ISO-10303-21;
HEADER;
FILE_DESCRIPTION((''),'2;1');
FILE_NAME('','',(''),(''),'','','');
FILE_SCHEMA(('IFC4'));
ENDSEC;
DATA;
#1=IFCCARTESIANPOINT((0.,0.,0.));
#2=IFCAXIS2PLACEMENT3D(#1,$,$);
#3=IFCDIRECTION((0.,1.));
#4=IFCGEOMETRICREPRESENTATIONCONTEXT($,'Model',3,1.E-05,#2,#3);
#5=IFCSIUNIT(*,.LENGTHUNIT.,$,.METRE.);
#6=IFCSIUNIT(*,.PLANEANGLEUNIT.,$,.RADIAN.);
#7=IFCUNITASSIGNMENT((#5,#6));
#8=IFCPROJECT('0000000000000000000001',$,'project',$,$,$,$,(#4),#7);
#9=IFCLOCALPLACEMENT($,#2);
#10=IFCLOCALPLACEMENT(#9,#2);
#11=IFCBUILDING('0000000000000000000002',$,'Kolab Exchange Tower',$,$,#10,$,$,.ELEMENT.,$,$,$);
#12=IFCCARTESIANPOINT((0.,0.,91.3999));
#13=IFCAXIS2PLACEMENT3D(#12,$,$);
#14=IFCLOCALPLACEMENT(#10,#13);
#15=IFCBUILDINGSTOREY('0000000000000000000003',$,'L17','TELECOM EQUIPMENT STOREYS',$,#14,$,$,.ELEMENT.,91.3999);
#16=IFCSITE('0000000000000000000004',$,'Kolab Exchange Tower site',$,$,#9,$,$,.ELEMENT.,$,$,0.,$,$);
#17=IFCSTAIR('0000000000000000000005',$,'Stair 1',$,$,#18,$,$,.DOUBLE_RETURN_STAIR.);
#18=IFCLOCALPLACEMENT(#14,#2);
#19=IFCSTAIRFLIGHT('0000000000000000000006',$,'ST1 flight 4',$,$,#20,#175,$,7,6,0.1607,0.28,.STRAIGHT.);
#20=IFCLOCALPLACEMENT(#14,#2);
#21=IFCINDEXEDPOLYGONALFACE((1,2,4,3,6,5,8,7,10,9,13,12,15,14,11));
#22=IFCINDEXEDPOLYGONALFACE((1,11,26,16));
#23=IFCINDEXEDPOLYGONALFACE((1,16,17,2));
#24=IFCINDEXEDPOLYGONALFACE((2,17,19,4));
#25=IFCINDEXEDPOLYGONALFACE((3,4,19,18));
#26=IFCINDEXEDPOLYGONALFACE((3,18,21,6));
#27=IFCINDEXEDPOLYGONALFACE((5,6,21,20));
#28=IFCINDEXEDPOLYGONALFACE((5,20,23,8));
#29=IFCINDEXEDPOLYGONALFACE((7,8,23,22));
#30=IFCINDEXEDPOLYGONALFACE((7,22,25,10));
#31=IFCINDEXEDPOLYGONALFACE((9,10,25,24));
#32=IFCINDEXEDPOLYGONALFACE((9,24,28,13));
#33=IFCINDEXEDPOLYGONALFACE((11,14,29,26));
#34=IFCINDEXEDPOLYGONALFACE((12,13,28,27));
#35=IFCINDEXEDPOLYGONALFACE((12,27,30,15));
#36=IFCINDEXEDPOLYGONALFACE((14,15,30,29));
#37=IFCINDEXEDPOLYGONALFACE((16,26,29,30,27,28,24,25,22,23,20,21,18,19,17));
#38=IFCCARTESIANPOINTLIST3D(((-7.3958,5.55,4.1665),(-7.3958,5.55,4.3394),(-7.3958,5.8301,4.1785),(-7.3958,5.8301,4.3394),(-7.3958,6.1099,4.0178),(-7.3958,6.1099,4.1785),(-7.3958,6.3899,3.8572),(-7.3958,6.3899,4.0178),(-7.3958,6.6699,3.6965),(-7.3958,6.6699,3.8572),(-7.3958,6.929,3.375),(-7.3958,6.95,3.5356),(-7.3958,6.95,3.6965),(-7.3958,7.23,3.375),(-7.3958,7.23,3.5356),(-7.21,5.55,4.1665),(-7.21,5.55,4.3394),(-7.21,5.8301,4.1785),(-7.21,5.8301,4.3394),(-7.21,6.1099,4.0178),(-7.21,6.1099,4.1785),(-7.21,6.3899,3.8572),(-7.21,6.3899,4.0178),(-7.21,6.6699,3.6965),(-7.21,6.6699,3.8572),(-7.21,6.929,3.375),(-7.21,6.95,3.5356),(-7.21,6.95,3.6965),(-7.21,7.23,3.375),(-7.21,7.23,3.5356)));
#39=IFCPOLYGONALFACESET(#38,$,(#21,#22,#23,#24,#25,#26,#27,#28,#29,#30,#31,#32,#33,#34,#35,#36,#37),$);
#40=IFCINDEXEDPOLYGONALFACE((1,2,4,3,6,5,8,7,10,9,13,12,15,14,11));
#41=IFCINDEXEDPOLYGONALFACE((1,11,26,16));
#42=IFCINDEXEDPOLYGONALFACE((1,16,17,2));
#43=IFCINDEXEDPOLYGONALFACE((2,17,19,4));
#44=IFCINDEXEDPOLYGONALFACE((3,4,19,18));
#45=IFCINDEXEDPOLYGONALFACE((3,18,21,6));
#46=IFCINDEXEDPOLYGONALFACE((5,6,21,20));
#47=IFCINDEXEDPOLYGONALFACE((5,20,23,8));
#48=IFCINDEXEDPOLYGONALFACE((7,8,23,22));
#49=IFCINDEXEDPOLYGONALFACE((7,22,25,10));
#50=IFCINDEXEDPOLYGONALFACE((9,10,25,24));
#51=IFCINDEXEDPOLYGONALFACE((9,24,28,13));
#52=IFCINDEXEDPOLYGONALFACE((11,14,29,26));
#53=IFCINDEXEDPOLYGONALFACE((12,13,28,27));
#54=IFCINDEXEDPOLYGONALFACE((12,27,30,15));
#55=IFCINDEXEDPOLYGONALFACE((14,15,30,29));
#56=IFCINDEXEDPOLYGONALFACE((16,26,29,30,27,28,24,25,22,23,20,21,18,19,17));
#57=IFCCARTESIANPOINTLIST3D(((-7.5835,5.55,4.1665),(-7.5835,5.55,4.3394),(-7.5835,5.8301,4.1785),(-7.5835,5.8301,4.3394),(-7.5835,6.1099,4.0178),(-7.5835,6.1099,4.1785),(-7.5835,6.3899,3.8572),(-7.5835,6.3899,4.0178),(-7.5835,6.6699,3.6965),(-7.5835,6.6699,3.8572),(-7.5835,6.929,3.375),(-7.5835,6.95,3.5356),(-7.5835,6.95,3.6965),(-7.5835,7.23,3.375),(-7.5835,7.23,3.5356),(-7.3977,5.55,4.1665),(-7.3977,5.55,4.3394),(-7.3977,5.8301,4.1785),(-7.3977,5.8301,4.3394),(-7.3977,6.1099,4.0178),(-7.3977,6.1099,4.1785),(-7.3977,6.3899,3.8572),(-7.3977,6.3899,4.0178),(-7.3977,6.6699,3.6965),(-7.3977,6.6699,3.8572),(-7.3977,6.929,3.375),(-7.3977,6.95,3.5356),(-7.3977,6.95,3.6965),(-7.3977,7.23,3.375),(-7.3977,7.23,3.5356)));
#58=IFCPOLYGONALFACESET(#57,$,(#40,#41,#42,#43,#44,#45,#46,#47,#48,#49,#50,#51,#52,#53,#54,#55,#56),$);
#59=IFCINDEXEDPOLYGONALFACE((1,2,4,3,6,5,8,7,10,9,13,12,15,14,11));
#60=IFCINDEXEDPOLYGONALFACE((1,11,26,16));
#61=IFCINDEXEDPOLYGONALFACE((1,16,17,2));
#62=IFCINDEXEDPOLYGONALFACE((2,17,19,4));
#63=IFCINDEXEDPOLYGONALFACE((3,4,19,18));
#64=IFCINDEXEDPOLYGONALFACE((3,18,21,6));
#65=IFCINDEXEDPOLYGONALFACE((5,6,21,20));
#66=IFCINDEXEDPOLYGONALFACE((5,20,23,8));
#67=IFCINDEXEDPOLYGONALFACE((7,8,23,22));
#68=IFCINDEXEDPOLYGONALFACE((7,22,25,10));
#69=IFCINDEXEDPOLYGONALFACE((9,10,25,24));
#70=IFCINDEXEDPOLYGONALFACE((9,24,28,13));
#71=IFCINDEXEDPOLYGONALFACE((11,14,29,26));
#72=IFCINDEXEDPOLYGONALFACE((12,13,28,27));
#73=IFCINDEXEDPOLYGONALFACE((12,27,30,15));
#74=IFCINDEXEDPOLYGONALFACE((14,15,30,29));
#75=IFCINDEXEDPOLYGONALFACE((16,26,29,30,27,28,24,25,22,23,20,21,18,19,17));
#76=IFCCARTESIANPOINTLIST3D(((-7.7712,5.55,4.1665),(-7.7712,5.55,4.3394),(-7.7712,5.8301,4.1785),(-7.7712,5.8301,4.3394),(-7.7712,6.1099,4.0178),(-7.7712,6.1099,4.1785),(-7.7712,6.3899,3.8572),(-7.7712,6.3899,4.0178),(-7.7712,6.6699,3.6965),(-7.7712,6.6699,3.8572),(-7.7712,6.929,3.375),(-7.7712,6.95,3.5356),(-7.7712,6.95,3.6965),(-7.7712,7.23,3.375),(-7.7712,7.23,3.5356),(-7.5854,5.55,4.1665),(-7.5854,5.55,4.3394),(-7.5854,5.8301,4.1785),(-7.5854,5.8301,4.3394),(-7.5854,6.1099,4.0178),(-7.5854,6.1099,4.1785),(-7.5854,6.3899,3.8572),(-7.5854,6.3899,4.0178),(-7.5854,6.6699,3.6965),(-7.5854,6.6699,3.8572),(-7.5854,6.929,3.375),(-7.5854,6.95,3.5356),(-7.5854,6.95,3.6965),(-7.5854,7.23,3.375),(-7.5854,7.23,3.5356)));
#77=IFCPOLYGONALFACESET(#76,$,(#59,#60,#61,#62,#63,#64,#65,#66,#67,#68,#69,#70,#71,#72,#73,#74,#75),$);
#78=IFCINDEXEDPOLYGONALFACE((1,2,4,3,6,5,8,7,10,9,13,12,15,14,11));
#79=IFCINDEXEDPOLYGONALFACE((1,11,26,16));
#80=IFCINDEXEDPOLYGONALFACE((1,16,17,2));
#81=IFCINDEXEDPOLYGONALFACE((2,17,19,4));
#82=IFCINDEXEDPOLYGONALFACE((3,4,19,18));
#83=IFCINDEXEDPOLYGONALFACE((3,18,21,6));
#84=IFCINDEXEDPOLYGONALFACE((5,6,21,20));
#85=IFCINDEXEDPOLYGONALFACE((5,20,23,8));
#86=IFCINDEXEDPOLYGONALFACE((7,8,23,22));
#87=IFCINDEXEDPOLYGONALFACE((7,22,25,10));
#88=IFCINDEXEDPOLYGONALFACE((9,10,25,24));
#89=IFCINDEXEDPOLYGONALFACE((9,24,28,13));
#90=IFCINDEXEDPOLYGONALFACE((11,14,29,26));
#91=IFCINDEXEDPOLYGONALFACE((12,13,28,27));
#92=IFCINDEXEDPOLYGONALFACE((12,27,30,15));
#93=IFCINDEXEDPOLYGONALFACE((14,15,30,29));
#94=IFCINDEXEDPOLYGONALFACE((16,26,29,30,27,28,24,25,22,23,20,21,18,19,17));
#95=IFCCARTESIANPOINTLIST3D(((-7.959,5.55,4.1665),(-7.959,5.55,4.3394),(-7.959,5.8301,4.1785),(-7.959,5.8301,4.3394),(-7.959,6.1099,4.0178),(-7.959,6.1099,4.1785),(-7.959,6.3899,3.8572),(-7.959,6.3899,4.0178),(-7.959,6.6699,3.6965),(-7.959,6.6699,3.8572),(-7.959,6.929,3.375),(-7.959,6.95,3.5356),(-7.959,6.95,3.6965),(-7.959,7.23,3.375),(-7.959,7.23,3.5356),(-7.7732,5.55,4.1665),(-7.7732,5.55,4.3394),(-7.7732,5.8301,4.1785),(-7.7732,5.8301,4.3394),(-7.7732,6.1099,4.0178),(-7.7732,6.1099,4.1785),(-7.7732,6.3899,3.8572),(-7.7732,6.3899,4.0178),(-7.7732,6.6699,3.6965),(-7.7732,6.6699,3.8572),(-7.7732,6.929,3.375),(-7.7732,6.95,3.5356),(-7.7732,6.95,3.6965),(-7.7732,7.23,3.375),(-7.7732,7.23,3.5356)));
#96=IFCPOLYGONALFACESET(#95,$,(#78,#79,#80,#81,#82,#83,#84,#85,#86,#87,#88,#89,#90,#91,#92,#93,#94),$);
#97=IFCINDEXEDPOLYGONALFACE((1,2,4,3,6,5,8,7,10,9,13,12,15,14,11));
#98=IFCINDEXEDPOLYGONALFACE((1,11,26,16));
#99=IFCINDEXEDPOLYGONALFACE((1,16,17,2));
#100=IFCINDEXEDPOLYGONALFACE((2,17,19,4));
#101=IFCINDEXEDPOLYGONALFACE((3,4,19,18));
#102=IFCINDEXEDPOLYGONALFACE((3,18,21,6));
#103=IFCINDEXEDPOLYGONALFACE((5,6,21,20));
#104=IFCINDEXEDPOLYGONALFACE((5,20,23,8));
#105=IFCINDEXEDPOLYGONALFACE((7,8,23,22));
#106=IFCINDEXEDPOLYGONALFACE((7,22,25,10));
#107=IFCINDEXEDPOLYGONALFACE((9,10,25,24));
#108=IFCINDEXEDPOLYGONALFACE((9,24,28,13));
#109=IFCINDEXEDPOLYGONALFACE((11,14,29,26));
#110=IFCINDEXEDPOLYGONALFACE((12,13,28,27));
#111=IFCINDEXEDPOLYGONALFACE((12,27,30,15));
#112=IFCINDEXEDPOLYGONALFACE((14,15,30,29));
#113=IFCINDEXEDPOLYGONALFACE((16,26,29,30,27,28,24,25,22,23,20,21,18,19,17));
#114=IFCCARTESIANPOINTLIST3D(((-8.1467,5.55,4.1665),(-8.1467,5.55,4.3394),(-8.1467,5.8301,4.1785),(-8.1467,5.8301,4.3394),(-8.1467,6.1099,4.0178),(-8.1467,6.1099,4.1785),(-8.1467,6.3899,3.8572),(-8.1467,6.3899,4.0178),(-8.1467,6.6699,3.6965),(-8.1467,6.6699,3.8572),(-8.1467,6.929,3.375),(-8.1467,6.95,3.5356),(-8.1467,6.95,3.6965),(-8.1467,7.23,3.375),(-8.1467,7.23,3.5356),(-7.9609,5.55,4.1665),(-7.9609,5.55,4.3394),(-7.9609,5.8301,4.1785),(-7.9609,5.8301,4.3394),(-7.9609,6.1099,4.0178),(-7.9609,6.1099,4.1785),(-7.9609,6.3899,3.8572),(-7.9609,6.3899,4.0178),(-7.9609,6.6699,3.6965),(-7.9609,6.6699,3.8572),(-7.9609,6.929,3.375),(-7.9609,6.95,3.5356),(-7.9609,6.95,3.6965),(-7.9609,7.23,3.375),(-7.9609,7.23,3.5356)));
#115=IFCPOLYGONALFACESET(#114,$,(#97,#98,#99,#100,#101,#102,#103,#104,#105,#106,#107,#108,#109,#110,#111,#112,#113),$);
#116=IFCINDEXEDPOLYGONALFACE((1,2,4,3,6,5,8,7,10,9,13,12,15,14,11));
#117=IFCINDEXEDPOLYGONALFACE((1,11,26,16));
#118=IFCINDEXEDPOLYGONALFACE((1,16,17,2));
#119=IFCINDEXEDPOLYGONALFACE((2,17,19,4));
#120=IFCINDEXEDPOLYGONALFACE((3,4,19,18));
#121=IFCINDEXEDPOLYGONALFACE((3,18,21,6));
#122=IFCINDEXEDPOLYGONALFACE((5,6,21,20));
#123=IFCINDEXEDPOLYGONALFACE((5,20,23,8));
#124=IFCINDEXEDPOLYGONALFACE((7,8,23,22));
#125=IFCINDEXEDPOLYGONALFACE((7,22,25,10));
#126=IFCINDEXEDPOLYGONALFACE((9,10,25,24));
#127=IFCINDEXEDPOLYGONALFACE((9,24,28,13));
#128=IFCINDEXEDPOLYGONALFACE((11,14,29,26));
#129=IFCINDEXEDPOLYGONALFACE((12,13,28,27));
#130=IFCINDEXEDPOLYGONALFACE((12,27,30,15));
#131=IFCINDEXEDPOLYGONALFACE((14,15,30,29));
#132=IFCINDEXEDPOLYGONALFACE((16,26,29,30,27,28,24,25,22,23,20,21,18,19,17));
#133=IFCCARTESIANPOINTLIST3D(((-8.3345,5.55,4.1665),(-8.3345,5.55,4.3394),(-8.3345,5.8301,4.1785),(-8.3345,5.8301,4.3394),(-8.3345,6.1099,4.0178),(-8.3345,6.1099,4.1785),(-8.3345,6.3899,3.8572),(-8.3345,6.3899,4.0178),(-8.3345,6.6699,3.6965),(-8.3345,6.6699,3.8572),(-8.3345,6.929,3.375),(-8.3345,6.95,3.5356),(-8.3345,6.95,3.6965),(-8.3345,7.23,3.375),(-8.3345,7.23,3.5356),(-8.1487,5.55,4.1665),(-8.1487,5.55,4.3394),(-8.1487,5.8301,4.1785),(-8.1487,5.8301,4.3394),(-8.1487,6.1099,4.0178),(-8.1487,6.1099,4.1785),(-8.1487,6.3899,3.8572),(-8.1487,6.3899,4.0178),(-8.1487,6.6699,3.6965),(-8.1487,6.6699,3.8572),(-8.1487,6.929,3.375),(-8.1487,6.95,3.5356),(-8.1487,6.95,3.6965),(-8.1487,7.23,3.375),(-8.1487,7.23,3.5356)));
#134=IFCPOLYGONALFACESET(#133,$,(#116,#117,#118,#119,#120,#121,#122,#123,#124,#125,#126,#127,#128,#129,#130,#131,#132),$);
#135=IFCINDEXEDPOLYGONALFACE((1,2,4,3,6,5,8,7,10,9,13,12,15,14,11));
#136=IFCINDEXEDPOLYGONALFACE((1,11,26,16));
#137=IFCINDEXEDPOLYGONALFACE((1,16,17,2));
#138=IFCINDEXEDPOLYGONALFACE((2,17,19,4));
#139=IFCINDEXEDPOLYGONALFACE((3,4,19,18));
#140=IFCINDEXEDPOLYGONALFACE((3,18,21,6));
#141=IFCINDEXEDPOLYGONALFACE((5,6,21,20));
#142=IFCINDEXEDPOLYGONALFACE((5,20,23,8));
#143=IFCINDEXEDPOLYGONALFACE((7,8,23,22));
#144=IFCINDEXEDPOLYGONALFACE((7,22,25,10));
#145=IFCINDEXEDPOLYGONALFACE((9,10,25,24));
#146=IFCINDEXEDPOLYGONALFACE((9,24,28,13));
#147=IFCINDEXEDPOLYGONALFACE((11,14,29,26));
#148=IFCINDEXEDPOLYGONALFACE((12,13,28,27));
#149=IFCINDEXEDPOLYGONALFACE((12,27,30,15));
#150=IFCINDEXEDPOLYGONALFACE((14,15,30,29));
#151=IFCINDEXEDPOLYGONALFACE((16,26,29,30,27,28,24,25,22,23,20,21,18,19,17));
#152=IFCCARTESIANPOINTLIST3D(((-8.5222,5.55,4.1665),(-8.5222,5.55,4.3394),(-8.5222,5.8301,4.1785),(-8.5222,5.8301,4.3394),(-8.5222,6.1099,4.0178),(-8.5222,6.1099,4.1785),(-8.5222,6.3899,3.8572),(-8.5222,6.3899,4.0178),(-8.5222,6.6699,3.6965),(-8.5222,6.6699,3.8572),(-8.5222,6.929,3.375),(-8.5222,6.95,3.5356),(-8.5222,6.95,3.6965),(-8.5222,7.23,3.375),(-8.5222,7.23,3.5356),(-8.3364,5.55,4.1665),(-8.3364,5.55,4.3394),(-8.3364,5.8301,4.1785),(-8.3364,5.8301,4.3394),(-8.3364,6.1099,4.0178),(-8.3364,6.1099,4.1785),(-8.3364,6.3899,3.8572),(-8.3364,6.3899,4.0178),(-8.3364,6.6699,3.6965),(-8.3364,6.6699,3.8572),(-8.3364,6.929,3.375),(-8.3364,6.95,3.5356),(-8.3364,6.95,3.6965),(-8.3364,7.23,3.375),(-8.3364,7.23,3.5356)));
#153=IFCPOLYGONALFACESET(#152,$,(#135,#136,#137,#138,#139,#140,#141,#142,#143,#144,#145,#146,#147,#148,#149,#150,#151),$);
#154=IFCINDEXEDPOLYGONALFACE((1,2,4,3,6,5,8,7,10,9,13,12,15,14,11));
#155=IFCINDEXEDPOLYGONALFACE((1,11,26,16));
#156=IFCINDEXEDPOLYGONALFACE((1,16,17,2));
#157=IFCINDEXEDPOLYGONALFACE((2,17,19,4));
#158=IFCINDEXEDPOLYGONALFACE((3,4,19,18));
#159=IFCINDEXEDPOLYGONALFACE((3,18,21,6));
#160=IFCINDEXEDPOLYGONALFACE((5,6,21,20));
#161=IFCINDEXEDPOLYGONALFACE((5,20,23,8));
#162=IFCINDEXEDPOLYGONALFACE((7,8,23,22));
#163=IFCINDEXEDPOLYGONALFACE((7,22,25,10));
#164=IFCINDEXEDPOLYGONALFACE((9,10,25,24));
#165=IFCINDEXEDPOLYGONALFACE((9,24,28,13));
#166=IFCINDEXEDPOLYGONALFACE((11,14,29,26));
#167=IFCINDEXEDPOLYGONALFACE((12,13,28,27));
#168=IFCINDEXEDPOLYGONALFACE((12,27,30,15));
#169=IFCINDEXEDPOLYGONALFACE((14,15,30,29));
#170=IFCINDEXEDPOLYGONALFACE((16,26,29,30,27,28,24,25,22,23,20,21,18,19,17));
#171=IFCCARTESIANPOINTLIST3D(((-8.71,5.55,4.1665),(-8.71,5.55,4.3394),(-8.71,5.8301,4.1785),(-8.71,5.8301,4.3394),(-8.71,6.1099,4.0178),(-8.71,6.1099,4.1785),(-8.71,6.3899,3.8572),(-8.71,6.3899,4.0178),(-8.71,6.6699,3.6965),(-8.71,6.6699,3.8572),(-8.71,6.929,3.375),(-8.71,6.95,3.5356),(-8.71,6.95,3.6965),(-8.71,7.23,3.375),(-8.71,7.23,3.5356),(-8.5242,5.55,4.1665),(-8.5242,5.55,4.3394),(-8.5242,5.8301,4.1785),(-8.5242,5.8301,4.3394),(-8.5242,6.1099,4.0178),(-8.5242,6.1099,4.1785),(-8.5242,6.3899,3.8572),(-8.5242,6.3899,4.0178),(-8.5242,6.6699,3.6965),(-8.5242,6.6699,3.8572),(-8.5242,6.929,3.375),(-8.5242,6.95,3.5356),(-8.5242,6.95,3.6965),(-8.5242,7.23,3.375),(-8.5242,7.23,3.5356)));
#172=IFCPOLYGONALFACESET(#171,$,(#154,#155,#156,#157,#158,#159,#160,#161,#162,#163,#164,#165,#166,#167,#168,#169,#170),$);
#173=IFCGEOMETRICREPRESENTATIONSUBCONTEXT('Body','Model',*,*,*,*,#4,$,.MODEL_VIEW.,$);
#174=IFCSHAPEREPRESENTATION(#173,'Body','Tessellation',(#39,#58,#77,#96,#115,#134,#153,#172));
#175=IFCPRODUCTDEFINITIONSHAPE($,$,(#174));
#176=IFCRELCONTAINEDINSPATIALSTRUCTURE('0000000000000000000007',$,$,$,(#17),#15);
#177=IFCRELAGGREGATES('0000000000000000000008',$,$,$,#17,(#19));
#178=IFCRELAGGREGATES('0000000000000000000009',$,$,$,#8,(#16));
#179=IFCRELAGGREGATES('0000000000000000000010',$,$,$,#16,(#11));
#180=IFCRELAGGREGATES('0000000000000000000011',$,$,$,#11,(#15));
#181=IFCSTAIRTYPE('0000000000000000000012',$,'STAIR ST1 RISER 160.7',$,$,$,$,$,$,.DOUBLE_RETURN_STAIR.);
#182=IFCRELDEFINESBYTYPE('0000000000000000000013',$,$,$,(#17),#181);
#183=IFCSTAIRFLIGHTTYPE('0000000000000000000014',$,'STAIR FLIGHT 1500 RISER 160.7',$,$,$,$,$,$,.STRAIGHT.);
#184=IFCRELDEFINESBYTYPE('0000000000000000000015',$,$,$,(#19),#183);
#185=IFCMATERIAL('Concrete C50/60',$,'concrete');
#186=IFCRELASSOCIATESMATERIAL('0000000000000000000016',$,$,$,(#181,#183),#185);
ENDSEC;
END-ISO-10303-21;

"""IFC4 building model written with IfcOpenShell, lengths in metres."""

from ifc_helpers import new_model, si_unit, direction, frame, origin, place, context, subcontext, project, spatial, polyline, outline, extrude, material, type_object, element, aggregate, save


model = new_model("IFC4")

# Units and contexts
model_context = context("Model", 3, precision=1e-05, world=origin(), true_north=direction((0.0, 1.0)))
body_context = subcontext(model_context, "Body", "Model", "MODEL_VIEW")
ifc_project = project(units=[si_unit("LENGTHUNIT", "METRE"), si_unit("PLANEANGLEUNIT", "RADIAN")], contexts=[model_context])

# Site, building, storey
site_placement = place(None, origin())
site = spatial("IfcSite", under=ifc_project, at=site_placement, Name="Kolab Exchange Tower site", CompositionType="ELEMENT", RefElevation=0.0)
building_placement = place(site_placement, origin())
building = spatial("IfcBuilding", under=site, at=building_placement, Name="Kolab Exchange Tower", CompositionType="ELEMENT")
storey_placement = place(building_placement, frame((0.0, 0.0, 91.3999)))
storey = spatial("IfcBuildingStorey", under=building, at=storey_placement, Name="L17", Description="TELECOM EQUIPMENT STOREYS", CompositionType="ELEMENT", Elevation=91.3999)

# Shared definitions
ifc_material_1 = material(Name="Concrete C50/60", Category="concrete")

# Stair, stair flight
stair_type = type_object("IfcStairType", Name="STAIR ST1 RISER 160.7", PredefinedType="DOUBLE_RETURN_STAIR", material=ifc_material_1)
stair_placement = place(storey_placement, origin())
stair = element("IfcStair", 1, at=stair_placement, inside=storey, type_object=stair_type, Name="Stair 1", PredefinedType="DOUBLE_RETURN_STAIR")
stair_flight_type = type_object("IfcStairFlightType", Name="STAIR FLIGHT 1500 RISER 160.7", PredefinedType="STRAIGHT", material=ifc_material_1)
stair_flight_1_placement = place(storey_placement, frame((-7.96, 7.23, 3.375), z_axis=(0.0, 0.0, 1.0), x_axis=(0.0, -1.0, 0.0)))
stair_flight_1 = element("IfcStairFlight", 2, at=stair_flight_1_placement, type_object=stair_flight_type, Name="ST1 flight 4", NumberOfRisers=7, NumberOfTreads=6, PredefinedType="STRAIGHT", RiserHeight=0.1607, TreadLength=0.28, context=body_context, shape_type="SweptSolid", body=[
    extrude(outline(polyline([(0.0, 0.0), (0.0, 0.1606), (0.28, 0.1606), (0.28, 0.3215), (0.5601, 0.3215), (0.5601, 0.4822), (0.8401, 0.4822), (0.8401, 0.6428), (1.1201, 0.6428), (1.1201, 0.8035), (1.3999, 0.8035), (1.3999, 0.9644), (1.6799, 0.9644), (1.6799, 1.125), (1.6799, 0.7915), (0.301, 0.0), (0.0, 0.0)])), frame((0.0, 0.75, 0.0), z_axis=(0.0, -1.0, 0.0), x_axis=(1.0, 0.0, 0.0)), (0.0, 0.0, 1.0), 0.1858),
    extrude(outline(polyline([(0.0, 0.0), (0.0, 0.1606), (0.28, 0.1606), (0.28, 0.3215), (0.5601, 0.3215), (0.5601, 0.4822), (0.8401, 0.4822), (0.8401, 0.6428), (1.1201, 0.6428), (1.1201, 0.8035), (1.3999, 0.8035), (1.3999, 0.9644), (1.6799, 0.9644), (1.6799, 1.125), (1.6799, 0.7915), (0.301, 0.0), (0.0, 0.0)])), frame((0.0, 0.5623, 0.0), z_axis=(0.0, -1.0, 0.0), x_axis=(1.0, 0.0, 0.0)), (0.0, 0.0, 1.0), 0.1858),
    extrude(outline(polyline([(0.0, 0.0), (0.0, 0.1606), (0.28, 0.1606), (0.28, 0.3215), (0.5601, 0.3215), (0.5601, 0.4822), (0.8401, 0.4822), (0.8401, 0.6428), (1.1201, 0.6428), (1.1201, 0.8035), (1.3999, 0.8035), (1.3999, 0.9644), (1.6799, 0.9644), (1.6799, 1.125), (1.6799, 0.7915), (0.301, 0.0), (0.0, 0.0)])), frame((0.0, 0.3745, 0.0), z_axis=(0.0, -1.0, 0.0), x_axis=(1.0, 0.0, 0.0)), (0.0, 0.0, 1.0), 0.1858),
    extrude(outline(polyline([(0.0, 0.0), (0.0, 0.1606), (0.28, 0.1606), (0.28, 0.3215), (0.5601, 0.3215), (0.5601, 0.4822), (0.8401, 0.4822), (0.8401, 0.6428), (1.1201, 0.6428), (1.1201, 0.8035), (1.3999, 0.8035), (1.3999, 0.9644), (1.6799, 0.9644), (1.6799, 1.125), (1.6799, 0.7915), (0.301, 0.0), (0.0, 0.0)])), frame((0.0, 0.1868, 0.0), z_axis=(0.0, -1.0, 0.0), x_axis=(1.0, 0.0, 0.0)), (0.0, 0.0, 1.0), 0.1858),
    extrude(outline(polyline([(0.0, 0.0), (0.0, 0.1606), (0.28, 0.1606), (0.28, 0.3215), (0.5601, 0.3215), (0.5601, 0.4822), (0.8401, 0.4822), (0.8401, 0.6428), (1.1201, 0.6428), (1.1201, 0.8035), (1.3999, 0.8035), (1.3999, 0.9644), (1.6799, 0.9644), (1.6799, 1.125), (1.6799, 0.7915), (0.301, 0.0), (0.0, 0.0)])), frame((0.0, -0.001, 0.0), z_axis=(0.0, -1.0, 0.0), x_axis=(1.0, 0.0, 0.0)), (0.0, 0.0, 1.0), 0.1858),
    extrude(outline(polyline([(0.0, 0.0), (0.0, 0.1606), (0.28, 0.1606), (0.28, 0.3215), (0.5601, 0.3215), (0.5601, 0.4822), (0.8401, 0.4822), (0.8401, 0.6428), (1.1201, 0.6428), (1.1201, 0.8035), (1.3999, 0.8035), (1.3999, 0.9644), (1.6799, 0.9644), (1.6799, 1.125), (1.6799, 0.7915), (0.301, 0.0), (0.0, 0.0)])), frame((0.0, -0.1887, 0.0), z_axis=(0.0, -1.0, 0.0), x_axis=(1.0, 0.0, 0.0)), (0.0, 0.0, 1.0), 0.1858),
    extrude(outline(polyline([(0.0, 0.0), (0.0, 0.1606), (0.28, 0.1606), (0.28, 0.3215), (0.5601, 0.3215), (0.5601, 0.4822), (0.8401, 0.4822), (0.8401, 0.6428), (1.1201, 0.6428), (1.1201, 0.8035), (1.3999, 0.8035), (1.3999, 0.9644), (1.6799, 0.9644), (1.6799, 1.125), (1.6799, 0.7915), (0.301, 0.0), (0.0, 0.0)])), frame((0.0, -0.3765, 0.0), z_axis=(0.0, -1.0, 0.0), x_axis=(1.0, 0.0, 0.0)), (0.0, 0.0, 1.0), 0.1858),
    extrude(outline(polyline([(0.0, 0.0), (0.0, 0.1606), (0.28, 0.1606), (0.28, 0.3215), (0.5601, 0.3215), (0.5601, 0.4822), (0.8401, 0.4822), (0.8401, 0.6428), (1.1201, 0.6428), (1.1201, 0.8035), (1.3999, 0.8035), (1.3999, 0.9644), (1.6799, 0.9644), (1.6799, 1.125), (1.6799, 0.7915), (0.301, 0.0), (0.0, 0.0)])), frame((0.0, -0.5642, 0.0), z_axis=(0.0, -1.0, 0.0), x_axis=(1.0, 0.0, 0.0)), (0.0, 0.0, 1.0), 0.1858),
])
aggregate(stair, [stair_flight_1])

save(model, "model.ifc")
